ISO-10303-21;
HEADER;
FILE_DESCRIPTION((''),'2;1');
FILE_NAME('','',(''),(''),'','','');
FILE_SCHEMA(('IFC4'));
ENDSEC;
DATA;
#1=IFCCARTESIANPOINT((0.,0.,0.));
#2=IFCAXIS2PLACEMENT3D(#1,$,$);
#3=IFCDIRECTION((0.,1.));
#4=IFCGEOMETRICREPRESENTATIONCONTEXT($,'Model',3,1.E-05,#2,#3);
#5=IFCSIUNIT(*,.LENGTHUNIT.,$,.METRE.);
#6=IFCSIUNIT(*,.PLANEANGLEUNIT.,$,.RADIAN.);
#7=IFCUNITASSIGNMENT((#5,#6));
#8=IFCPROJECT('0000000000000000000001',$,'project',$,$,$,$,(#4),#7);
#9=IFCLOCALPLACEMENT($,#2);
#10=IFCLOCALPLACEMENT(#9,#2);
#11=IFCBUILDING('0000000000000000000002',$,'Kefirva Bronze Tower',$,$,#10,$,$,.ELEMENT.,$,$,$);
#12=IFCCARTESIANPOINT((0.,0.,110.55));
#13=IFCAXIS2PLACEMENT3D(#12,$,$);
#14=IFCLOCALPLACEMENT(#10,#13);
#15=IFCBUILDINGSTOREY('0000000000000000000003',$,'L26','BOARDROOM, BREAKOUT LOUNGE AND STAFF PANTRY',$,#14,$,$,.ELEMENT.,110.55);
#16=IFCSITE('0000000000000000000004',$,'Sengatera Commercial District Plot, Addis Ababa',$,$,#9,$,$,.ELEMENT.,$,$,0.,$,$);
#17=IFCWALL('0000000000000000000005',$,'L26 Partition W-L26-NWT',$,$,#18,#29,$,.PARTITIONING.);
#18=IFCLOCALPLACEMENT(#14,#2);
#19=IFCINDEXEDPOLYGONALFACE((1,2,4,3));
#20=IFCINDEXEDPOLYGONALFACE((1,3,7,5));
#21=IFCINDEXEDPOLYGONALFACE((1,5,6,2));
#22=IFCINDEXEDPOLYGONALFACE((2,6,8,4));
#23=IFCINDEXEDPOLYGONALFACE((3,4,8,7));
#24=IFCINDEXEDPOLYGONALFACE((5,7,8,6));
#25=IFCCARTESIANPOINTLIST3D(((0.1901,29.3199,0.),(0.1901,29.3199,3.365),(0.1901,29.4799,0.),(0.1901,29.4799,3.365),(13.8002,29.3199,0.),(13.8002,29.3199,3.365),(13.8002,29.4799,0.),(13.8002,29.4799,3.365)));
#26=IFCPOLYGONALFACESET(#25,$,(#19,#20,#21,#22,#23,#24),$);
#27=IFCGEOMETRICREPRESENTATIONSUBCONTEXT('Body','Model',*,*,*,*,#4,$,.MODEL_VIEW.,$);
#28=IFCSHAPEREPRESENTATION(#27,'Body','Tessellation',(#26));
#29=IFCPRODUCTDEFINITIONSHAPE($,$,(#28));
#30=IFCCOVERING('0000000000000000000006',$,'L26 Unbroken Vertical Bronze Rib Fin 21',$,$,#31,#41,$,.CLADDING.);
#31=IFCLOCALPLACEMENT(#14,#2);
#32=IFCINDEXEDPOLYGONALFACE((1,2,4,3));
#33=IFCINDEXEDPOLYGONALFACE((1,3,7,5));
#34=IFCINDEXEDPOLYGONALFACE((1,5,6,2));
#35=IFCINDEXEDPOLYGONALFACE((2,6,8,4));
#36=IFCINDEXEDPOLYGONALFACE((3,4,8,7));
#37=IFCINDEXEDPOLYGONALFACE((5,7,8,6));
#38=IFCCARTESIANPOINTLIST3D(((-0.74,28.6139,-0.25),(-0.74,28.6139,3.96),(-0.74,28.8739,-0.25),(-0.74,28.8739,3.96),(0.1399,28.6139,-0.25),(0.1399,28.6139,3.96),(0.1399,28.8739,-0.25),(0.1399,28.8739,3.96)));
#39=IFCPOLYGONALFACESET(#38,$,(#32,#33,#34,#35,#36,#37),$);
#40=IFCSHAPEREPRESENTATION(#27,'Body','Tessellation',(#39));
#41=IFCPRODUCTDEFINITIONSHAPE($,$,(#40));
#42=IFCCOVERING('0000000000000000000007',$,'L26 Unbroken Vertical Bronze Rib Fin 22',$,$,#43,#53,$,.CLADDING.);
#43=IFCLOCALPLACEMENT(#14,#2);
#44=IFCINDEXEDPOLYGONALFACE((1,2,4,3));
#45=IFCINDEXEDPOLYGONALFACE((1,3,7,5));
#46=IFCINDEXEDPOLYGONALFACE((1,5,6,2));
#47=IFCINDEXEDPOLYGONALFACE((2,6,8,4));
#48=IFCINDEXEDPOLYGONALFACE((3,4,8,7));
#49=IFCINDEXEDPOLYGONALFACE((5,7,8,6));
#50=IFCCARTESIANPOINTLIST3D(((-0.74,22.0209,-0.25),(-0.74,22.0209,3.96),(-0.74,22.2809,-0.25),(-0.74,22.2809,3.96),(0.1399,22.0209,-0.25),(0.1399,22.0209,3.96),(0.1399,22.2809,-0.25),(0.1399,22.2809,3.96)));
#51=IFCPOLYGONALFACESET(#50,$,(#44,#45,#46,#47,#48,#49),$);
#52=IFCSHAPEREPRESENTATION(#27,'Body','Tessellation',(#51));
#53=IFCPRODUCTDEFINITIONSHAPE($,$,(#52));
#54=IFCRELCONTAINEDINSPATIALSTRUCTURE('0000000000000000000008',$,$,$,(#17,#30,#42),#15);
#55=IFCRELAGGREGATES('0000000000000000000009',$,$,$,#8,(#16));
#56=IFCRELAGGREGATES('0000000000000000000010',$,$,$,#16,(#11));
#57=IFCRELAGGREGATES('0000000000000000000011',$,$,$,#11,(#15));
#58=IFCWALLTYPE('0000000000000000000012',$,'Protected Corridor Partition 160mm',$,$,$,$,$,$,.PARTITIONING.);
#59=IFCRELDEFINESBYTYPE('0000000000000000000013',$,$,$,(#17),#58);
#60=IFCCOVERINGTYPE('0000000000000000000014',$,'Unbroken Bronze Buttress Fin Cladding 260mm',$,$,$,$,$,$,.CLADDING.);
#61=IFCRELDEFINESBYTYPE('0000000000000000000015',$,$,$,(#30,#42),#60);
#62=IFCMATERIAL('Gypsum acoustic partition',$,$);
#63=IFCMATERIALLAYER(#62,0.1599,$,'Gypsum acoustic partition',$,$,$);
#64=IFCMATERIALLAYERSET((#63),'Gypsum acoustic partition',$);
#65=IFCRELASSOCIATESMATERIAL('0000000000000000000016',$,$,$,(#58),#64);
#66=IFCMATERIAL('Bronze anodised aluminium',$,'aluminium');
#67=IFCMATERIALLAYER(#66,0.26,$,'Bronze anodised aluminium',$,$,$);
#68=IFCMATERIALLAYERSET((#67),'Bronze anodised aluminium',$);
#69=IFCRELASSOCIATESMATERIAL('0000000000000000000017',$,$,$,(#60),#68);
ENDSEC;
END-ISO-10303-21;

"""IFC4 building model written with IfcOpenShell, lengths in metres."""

from ifc_helpers import new_model, si_unit, direction, frame, frame_2d, origin, origin_2d, place, context, subcontext, project, spatial, rectangle, extrude, material, layer, layer_set, type_object, element, save


model = new_model("IFC4")

# Units and contexts
model_context = context("Model", 3, precision=1e-05, world=origin(), true_north=direction((0.0, 1.0)))
body_context = subcontext(model_context, "Body", "Model", "MODEL_VIEW")
ifc_project = project(units=[si_unit("LENGTHUNIT", "METRE"), si_unit("PLANEANGLEUNIT", "RADIAN")], contexts=[model_context])

# Site, building, storey
site_placement = place(None, origin())
site = spatial("IfcSite", under=ifc_project, at=site_placement, Name="Sengatera Commercial District Plot, Addis Ababa", CompositionType="ELEMENT", RefElevation=0.0)
building_placement = place(site_placement, origin())
building = spatial("IfcBuilding", under=site, at=building_placement, Name="Kefirva Bronze Tower", CompositionType="ELEMENT")
storey_placement = place(building_placement, frame((0.0, 0.0, 110.55)))
storey = spatial("IfcBuildingStorey", under=building, at=storey_placement, Name="L26", Description="BOARDROOM, BREAKOUT LOUNGE AND STAFF PANTRY", CompositionType="ELEMENT", Elevation=110.55)

# Shared definitions
ifc_material_1 = material(Name="Bronze anodised aluminium", Category="aluminium")

# Wall
ifc_material_2 = material(Name="Gypsum acoustic partition")
ifc_layer_1 = layer(ifc_material_2, 0.1599, Name="Gypsum acoustic partition")
ifc_layer_set_1 = layer_set([ifc_layer_1], Name="Gypsum acoustic partition")
wall_type_1 = type_object("IfcWallType", Name="Protected Corridor Partition 160mm", PredefinedType="PARTITIONING", material=ifc_layer_set_1)
wall_1_placement = place(storey_placement, frame((0.1899, 29.3999, 0.0), z_axis=(0.0, 0.0, 1.0), x_axis=(1.0, 0.0, 0.0)))
element("IfcWall", 1, at=wall_1_placement, inside=storey, type_object=wall_type_1, Name="L26 Partition W-L26-NWT", PredefinedType="PARTITIONING", context=body_context, shape_type="SweptSolid", body=[
    extrude(rectangle(XDim=13.6101, YDim=0.1599, at=frame_2d((6.8052, 0.0))), origin(), (0.0, 0.0, 1.0), 3.365),
])

# Coverings
ifc_layer_2 = layer(ifc_material_1, 0.26, Name="Bronze anodised aluminium")
ifc_layer_set_2 = layer_set([ifc_layer_2], Name="Bronze anodised aluminium")
covering_type = type_object("IfcCoveringType", Name="Unbroken Bronze Buttress Fin Cladding 260mm", PredefinedType="CLADDING", material=ifc_layer_set_2)
for number, where, z_axis, x_axis, name in (
    (2, (-0.3, 28.7439, -0.25), (0.0, 0.0, 1.0), (0.0, -1.0, 0.0), "L26 Unbroken Vertical Bronze Rib Fin 21"),
    (3, (-0.3, 22.1509, -0.25), (0.0, 0.0, 1.0), (0.0, -1.0, 0.0), "L26 Unbroken Vertical Bronze Rib Fin 22"),
):
    element("IfcCovering", number, at=place(storey_placement, frame(where, z_axis=z_axis, x_axis=x_axis)), inside=storey, type_object=covering_type, Name=name, PredefinedType="CLADDING", context=body_context, shape_type="SweptSolid", body=[
        extrude(rectangle(XDim=0.26, YDim=0.8799, at=origin_2d()), origin(), (0.0, 0.0, 1.0), 4.21),
    ])

save(model, "model.ifc")
